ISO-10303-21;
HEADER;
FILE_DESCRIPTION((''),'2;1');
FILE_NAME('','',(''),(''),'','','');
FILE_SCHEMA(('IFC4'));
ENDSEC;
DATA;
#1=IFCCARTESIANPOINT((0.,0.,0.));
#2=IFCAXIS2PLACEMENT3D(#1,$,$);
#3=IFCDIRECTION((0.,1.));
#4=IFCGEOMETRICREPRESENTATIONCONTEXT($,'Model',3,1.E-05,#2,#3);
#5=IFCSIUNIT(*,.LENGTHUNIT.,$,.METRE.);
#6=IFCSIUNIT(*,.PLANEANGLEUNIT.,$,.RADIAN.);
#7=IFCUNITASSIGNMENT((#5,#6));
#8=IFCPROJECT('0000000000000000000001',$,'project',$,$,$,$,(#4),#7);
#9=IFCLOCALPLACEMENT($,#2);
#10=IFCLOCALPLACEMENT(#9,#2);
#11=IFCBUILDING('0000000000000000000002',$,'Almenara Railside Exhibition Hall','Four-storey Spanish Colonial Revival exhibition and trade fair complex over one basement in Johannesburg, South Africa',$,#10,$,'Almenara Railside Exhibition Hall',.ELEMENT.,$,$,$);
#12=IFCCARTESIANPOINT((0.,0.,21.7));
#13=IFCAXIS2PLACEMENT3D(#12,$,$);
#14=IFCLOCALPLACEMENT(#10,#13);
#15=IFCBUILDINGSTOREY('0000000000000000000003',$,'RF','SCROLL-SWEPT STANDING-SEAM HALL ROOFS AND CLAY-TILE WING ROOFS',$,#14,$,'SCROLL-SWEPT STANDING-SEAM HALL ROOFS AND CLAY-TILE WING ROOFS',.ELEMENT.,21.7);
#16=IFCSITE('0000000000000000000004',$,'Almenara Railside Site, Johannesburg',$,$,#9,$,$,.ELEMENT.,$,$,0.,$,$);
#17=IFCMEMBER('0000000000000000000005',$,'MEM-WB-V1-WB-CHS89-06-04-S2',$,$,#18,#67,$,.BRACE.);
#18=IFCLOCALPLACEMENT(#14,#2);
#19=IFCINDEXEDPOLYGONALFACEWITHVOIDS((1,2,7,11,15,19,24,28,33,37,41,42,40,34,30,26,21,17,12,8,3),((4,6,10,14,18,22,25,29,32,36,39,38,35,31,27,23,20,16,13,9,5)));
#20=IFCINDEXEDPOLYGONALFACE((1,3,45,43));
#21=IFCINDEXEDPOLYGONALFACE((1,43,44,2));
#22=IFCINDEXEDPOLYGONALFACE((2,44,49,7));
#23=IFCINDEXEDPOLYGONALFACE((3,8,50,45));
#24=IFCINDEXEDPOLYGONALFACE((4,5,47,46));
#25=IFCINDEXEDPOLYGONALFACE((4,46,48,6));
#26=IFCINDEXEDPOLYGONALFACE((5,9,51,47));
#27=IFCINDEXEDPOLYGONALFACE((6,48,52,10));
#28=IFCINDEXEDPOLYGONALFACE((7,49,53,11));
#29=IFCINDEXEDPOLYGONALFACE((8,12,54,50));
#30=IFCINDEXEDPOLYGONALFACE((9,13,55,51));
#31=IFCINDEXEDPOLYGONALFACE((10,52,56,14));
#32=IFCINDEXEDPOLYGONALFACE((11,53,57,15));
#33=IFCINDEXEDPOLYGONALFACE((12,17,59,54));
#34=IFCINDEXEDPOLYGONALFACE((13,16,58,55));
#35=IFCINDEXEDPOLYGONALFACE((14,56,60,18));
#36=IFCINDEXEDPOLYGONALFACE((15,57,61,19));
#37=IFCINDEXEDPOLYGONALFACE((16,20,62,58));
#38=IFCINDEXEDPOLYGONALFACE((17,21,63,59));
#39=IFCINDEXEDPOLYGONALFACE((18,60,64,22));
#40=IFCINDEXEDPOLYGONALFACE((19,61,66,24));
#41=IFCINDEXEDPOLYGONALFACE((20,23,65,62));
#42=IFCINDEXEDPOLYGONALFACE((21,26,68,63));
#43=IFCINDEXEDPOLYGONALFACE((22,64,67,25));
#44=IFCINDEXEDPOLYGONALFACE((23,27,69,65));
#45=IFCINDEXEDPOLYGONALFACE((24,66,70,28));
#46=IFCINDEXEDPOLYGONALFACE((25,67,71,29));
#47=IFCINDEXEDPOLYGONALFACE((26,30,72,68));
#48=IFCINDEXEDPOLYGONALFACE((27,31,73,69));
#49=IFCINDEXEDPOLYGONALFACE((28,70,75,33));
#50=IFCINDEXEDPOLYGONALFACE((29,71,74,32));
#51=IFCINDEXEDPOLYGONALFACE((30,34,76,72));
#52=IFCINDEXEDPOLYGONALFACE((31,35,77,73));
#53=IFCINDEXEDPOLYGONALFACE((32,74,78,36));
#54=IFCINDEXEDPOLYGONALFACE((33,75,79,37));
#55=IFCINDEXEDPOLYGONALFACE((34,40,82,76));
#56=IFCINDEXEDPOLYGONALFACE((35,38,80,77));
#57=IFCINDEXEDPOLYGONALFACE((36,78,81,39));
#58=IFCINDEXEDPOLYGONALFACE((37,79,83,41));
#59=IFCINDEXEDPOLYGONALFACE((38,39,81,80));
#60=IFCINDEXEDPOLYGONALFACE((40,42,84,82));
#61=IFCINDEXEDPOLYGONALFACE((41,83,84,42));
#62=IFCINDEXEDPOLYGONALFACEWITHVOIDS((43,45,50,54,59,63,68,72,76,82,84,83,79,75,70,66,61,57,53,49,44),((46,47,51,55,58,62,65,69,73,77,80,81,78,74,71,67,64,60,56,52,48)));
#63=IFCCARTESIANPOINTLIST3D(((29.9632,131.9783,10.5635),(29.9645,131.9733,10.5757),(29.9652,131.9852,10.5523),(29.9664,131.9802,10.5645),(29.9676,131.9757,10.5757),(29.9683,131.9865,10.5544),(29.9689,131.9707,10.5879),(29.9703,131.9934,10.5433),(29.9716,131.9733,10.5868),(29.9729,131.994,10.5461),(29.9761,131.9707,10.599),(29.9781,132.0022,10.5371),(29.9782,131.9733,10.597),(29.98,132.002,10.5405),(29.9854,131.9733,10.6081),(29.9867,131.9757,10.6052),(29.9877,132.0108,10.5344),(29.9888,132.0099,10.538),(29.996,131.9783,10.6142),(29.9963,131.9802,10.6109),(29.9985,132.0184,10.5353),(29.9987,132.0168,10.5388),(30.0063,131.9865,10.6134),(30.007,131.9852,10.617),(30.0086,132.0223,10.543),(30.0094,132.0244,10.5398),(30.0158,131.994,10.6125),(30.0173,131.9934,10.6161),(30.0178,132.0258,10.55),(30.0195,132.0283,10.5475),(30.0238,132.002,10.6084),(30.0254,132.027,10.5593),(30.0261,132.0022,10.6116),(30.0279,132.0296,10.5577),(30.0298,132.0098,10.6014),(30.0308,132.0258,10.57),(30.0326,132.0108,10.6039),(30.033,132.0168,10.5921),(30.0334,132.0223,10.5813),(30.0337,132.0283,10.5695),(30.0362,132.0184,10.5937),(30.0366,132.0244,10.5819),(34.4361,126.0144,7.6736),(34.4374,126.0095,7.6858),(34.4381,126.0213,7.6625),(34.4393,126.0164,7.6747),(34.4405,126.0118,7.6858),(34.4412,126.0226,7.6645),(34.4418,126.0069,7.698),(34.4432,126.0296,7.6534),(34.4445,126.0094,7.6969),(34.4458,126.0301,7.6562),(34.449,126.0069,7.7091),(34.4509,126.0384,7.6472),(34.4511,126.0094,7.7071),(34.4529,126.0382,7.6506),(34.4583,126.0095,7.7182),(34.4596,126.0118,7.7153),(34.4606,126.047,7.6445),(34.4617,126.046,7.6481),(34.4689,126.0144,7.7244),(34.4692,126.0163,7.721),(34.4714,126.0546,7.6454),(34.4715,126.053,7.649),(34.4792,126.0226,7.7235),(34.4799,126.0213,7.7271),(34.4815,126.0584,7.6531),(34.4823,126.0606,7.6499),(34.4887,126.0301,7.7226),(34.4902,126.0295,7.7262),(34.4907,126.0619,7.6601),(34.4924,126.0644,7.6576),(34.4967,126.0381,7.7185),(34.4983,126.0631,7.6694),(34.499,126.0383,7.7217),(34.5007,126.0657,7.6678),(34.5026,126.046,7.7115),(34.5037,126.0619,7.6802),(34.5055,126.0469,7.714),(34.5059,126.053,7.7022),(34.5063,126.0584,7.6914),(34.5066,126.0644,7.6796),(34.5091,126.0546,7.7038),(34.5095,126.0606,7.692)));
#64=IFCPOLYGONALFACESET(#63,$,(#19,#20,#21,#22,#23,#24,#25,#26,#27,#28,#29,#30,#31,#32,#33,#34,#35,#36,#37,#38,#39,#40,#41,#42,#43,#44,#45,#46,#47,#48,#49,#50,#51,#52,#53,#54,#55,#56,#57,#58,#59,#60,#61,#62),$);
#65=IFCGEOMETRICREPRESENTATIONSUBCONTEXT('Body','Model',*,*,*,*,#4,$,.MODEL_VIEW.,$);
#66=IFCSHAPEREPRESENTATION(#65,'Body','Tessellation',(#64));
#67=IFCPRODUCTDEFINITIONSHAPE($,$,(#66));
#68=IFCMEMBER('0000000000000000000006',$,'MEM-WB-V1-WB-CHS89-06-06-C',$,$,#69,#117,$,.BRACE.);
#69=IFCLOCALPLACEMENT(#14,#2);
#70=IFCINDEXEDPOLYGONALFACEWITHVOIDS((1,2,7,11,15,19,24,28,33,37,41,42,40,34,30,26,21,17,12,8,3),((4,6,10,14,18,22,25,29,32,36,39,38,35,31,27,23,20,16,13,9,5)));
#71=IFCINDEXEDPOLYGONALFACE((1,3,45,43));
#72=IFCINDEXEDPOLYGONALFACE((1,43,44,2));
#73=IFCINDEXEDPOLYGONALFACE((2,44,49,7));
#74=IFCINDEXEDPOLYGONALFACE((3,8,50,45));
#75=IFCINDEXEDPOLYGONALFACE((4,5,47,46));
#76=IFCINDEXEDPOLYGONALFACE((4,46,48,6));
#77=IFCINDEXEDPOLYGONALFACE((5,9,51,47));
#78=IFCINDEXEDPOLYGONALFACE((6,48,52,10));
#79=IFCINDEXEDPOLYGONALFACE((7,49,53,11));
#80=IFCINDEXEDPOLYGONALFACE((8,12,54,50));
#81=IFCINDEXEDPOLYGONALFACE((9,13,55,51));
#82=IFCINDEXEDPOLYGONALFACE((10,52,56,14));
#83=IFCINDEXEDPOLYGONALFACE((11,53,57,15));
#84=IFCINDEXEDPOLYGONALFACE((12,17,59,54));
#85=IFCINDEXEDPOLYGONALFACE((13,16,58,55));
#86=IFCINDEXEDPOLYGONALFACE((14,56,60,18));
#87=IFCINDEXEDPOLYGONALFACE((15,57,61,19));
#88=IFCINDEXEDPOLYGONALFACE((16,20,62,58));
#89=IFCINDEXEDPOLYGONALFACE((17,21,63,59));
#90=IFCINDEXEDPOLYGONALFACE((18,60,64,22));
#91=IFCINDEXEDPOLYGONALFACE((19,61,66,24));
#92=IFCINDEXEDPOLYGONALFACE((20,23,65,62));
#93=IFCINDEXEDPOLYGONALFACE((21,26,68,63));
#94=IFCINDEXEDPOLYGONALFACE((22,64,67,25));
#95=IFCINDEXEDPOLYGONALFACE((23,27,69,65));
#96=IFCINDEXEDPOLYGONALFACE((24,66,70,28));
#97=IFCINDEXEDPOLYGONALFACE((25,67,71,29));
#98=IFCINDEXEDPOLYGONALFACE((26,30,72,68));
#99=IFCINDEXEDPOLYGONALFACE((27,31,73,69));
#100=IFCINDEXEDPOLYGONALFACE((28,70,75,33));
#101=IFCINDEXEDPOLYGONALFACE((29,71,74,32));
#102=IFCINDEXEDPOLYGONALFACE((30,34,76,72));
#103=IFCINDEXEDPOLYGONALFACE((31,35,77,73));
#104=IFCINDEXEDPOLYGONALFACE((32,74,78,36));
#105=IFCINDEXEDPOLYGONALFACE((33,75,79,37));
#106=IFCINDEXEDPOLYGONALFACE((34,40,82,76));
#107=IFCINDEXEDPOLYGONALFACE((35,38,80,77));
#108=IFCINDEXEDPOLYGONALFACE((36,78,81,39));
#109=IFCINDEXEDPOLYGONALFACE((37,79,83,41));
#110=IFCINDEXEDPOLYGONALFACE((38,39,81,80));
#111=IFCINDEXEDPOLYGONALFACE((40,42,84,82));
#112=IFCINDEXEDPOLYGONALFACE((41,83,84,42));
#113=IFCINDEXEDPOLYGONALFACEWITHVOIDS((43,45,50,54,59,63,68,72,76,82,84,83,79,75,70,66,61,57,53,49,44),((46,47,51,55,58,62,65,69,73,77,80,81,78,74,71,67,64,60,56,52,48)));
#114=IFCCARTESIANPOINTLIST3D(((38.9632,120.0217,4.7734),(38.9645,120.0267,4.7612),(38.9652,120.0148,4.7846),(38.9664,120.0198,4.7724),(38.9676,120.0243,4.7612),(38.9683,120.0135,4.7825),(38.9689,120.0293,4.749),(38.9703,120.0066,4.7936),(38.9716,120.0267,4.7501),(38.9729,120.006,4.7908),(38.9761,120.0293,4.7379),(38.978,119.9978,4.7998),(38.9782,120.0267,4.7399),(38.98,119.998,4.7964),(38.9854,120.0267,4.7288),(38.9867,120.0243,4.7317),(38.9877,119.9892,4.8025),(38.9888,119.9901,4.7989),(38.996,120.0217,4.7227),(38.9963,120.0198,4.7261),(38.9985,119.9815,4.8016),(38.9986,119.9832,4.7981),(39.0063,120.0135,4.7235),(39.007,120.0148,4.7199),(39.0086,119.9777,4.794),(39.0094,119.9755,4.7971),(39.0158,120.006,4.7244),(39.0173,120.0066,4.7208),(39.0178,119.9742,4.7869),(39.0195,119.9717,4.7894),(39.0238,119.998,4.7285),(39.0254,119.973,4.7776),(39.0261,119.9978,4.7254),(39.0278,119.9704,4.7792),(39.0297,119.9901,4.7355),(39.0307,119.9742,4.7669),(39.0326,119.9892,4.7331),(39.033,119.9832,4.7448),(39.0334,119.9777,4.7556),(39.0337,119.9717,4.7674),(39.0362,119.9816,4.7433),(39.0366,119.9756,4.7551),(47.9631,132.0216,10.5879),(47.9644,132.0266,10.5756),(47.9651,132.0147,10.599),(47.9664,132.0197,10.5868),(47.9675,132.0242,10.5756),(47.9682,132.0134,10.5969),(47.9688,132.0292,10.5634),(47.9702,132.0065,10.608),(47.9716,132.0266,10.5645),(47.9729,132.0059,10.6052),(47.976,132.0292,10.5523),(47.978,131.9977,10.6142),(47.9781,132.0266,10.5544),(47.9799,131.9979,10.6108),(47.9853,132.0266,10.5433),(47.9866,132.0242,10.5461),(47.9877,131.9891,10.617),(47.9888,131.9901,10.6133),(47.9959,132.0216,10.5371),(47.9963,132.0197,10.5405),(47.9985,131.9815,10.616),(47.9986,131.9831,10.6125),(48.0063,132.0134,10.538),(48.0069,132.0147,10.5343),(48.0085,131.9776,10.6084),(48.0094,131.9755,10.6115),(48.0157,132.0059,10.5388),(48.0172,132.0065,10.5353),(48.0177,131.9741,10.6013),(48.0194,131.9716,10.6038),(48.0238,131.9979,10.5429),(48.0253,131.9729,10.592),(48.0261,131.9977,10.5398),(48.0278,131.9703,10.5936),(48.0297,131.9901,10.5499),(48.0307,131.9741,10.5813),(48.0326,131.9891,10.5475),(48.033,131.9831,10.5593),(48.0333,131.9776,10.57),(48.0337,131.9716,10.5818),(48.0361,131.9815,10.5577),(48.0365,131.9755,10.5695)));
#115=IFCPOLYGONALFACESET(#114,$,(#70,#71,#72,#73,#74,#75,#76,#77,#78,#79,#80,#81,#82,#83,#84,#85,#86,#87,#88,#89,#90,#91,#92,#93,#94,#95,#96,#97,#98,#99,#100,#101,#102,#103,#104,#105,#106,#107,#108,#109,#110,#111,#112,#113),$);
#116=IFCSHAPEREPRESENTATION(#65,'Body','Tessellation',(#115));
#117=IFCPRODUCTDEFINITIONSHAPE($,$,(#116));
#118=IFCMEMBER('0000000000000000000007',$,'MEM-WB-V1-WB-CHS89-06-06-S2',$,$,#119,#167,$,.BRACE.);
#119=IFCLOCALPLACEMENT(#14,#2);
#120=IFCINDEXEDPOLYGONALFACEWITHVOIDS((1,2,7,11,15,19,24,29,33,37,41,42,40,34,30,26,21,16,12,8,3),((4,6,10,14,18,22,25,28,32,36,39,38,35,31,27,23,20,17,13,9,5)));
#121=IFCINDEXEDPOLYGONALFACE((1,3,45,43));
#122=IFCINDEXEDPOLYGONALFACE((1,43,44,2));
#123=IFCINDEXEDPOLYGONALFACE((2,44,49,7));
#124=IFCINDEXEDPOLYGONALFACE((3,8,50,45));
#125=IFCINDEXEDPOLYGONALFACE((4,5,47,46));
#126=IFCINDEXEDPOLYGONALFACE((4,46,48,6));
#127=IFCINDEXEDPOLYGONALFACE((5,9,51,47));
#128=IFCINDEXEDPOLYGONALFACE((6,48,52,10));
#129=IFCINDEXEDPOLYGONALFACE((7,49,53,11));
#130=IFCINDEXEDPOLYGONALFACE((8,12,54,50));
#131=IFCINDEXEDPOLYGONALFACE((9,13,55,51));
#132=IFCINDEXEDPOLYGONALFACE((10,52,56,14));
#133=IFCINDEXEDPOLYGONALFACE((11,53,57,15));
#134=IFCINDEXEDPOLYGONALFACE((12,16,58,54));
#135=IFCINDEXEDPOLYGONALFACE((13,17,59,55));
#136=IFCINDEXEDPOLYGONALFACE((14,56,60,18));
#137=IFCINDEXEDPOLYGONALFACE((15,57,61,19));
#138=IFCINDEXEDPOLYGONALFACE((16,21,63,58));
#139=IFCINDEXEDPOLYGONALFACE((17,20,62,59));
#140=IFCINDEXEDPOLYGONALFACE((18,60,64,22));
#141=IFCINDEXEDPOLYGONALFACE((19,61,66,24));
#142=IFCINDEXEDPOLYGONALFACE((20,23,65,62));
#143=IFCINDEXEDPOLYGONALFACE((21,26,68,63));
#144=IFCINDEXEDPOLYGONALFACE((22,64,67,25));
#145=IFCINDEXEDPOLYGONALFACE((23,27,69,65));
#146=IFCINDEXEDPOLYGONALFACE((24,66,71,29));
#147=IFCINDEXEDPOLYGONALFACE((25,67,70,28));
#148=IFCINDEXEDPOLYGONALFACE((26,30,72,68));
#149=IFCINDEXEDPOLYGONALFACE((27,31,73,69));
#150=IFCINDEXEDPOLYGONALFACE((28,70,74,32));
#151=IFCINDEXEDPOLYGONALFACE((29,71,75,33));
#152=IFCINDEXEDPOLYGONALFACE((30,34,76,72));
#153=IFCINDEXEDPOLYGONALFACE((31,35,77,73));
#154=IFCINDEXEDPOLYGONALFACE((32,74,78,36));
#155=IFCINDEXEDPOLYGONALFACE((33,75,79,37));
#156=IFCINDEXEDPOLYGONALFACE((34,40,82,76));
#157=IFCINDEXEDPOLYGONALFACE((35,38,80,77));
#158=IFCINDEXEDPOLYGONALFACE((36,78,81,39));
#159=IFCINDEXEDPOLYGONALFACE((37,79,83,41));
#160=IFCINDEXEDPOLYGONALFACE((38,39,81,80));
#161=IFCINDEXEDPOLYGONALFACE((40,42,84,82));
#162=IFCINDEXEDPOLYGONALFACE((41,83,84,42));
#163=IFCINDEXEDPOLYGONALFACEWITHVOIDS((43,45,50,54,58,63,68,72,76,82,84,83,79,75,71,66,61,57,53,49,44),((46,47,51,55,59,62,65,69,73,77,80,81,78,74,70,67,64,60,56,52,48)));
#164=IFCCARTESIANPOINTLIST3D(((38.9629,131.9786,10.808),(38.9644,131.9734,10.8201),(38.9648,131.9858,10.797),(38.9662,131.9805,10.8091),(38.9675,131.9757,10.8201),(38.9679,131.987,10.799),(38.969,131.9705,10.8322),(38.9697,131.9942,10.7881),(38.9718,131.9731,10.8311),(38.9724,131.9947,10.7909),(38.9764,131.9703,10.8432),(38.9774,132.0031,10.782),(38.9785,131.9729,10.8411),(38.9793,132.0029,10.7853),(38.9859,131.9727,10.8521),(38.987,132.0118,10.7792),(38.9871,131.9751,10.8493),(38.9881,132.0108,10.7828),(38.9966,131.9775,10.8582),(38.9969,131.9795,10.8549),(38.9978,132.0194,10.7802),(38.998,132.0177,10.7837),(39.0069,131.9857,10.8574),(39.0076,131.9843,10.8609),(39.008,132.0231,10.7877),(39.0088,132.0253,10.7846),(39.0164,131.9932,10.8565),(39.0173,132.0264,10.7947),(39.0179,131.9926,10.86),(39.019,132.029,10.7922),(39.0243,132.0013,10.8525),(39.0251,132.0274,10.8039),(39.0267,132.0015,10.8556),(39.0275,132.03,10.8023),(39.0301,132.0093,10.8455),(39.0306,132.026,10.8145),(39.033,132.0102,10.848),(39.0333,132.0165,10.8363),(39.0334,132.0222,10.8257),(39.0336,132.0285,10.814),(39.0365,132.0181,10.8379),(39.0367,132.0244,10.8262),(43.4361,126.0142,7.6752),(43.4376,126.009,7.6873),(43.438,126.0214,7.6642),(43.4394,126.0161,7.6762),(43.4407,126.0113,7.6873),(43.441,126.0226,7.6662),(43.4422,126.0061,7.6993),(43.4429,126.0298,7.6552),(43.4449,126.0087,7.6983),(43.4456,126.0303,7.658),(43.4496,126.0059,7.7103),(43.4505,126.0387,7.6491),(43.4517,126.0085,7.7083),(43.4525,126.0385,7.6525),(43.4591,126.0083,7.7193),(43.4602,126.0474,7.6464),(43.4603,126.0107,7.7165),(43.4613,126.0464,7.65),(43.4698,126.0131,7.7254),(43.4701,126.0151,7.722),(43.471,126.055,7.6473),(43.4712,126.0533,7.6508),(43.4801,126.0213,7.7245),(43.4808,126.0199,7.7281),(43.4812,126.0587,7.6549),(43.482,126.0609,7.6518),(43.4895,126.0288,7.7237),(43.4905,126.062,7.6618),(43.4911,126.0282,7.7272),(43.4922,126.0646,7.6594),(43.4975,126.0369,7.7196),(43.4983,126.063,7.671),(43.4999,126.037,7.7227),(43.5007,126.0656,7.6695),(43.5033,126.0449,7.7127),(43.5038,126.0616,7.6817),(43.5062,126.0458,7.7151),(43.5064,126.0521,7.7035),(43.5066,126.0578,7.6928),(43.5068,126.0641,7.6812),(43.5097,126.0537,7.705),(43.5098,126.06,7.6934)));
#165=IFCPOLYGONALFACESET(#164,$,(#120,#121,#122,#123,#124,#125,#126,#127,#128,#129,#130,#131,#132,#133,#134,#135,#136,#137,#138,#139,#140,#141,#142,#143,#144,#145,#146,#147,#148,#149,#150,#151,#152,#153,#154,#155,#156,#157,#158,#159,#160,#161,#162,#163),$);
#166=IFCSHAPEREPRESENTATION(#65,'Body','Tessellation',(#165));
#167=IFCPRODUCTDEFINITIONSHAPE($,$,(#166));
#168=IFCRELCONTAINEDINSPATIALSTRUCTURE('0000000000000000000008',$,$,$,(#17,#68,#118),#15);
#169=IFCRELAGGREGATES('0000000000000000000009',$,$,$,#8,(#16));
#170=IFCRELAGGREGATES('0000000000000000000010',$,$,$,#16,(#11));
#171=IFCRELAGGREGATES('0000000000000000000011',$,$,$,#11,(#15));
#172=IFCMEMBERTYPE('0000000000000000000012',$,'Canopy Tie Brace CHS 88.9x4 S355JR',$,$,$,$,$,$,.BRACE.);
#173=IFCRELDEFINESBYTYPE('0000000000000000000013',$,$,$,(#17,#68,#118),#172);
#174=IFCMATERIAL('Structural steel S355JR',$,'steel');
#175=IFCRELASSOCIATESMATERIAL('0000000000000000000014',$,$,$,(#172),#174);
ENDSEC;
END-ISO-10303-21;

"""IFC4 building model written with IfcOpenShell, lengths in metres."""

from ifc_helpers import new_model, si_unit, direction, frame, origin, origin_2d, place, context, subcontext, project, spatial, hollow_circle, extrude, material, material_profile, profile_set, type_object, element, save


model = new_model("IFC4")

# Units and contexts
model_context = context("Model", 3, precision=1e-05, world=origin(), true_north=direction((0.0, 1.0)))
body_context = subcontext(model_context, "Body", "Model", "MODEL_VIEW")
ifc_project = project(units=[si_unit("LENGTHUNIT", "METRE"), si_unit("PLANEANGLEUNIT", "RADIAN")], contexts=[model_context])

# Site, building, storey
site_placement = place(None, origin())
site = spatial("IfcSite", under=ifc_project, at=site_placement, Name="Almenara Railside Site, Johannesburg", CompositionType="ELEMENT", RefElevation=0.0)
building_placement = place(site_placement, origin())
building = spatial("IfcBuilding", under=site, at=building_placement, Name="Almenara Railside Exhibition Hall", Description="Four-storey Spanish Colonial Revival exhibition and trade fair complex over one basement in Johannesburg, South Africa", LongName="Almenara Railside Exhibition Hall", CompositionType="ELEMENT")
storey_placement = place(building_placement, frame((0.0, 0.0, 21.7)))
storey = spatial("IfcBuildingStorey", under=building, at=storey_placement, Name="RF", Description="SCROLL-SWEPT STANDING-SEAM HALL ROOFS AND CLAY-TILE WING ROOFS", LongName="SCROLL-SWEPT STANDING-SEAM HALL ROOFS AND CLAY-TILE WING ROOFS", CompositionType="ELEMENT", Elevation=21.7)

# Members
ifc_material_1 = material(Name="Structural steel S355JR", Category="steel")
ifc_material_profile_1 = material_profile(ifc_material_1, hollow_circle(Radius=0.0444, WallThickness=0.0039, at=origin_2d()), Name="CHS 88.9x4")
ifc_profile_set_1 = profile_set([ifc_material_profile_1], Name="Structural steel S355JR")
member_type_1 = type_object("IfcMemberType", Name="Canopy Tie Brace CHS 88.9x4 S355JR", PredefinedType="BRACE", material=ifc_profile_set_1)
for number, where, z_axis, x_axis, name in (
    (1, (34.4729, 126.0361, 7.6858), (-0.559436, 0.745915, 0.361446), (-0.8, -0.6, 0.0), "MEM-WB-V1-WB-CHS89-06-04-S2"),
):
    element("IfcMember", number, at=place(storey_placement, frame(where, z_axis=z_axis, x_axis=x_axis)), inside=storey, type_object=member_type_1, Name=name, PredefinedType="BRACE", context=body_context, shape_type="SweptSolid", body=[
        extrude(hollow_circle(Radius=0.0444, WallThickness=0.0039, at=origin_2d()), origin(), (0.0, 0.0, 1.0), 7.9954),
    ])
member_1_placement = place(storey_placement, frame((39.0, 120.0, 4.7612), z_axis=(0.55944, 0.74592, 0.361427), x_axis=(-0.8, 0.6, 0.0)))
element("IfcMember", 2, at=member_1_placement, inside=storey, type_object=member_type_1, Name="MEM-WB-V1-WB-CHS89-06-06-C", PredefinedType="BRACE", context=body_context, shape_type="SweptSolid", body=[
    extrude(hollow_circle(Radius=0.0444, WallThickness=0.0039, at=origin_2d()), origin(), (0.0, 0.0, 1.0), 16.0874),
])
member_2_placement = place(storey_placement, frame((43.4731, 126.0356, 7.6873), z_axis=(-0.553138, 0.737538, 0.387396), x_axis=(-0.800008, -0.59999, 0.0)))
element("IfcMember", 3, at=member_2_placement, inside=storey, type_object=member_type_1, Name="MEM-WB-V1-WB-CHS89-06-06-S2", PredefinedType="BRACE", context=body_context, shape_type="SweptSolid", body=[
    extrude(hollow_circle(Radius=0.0444, WallThickness=0.0039, at=origin_2d()), origin(), (0.0, 0.0, 1.0), 8.0869),
])

save(model, "model.ifc")
